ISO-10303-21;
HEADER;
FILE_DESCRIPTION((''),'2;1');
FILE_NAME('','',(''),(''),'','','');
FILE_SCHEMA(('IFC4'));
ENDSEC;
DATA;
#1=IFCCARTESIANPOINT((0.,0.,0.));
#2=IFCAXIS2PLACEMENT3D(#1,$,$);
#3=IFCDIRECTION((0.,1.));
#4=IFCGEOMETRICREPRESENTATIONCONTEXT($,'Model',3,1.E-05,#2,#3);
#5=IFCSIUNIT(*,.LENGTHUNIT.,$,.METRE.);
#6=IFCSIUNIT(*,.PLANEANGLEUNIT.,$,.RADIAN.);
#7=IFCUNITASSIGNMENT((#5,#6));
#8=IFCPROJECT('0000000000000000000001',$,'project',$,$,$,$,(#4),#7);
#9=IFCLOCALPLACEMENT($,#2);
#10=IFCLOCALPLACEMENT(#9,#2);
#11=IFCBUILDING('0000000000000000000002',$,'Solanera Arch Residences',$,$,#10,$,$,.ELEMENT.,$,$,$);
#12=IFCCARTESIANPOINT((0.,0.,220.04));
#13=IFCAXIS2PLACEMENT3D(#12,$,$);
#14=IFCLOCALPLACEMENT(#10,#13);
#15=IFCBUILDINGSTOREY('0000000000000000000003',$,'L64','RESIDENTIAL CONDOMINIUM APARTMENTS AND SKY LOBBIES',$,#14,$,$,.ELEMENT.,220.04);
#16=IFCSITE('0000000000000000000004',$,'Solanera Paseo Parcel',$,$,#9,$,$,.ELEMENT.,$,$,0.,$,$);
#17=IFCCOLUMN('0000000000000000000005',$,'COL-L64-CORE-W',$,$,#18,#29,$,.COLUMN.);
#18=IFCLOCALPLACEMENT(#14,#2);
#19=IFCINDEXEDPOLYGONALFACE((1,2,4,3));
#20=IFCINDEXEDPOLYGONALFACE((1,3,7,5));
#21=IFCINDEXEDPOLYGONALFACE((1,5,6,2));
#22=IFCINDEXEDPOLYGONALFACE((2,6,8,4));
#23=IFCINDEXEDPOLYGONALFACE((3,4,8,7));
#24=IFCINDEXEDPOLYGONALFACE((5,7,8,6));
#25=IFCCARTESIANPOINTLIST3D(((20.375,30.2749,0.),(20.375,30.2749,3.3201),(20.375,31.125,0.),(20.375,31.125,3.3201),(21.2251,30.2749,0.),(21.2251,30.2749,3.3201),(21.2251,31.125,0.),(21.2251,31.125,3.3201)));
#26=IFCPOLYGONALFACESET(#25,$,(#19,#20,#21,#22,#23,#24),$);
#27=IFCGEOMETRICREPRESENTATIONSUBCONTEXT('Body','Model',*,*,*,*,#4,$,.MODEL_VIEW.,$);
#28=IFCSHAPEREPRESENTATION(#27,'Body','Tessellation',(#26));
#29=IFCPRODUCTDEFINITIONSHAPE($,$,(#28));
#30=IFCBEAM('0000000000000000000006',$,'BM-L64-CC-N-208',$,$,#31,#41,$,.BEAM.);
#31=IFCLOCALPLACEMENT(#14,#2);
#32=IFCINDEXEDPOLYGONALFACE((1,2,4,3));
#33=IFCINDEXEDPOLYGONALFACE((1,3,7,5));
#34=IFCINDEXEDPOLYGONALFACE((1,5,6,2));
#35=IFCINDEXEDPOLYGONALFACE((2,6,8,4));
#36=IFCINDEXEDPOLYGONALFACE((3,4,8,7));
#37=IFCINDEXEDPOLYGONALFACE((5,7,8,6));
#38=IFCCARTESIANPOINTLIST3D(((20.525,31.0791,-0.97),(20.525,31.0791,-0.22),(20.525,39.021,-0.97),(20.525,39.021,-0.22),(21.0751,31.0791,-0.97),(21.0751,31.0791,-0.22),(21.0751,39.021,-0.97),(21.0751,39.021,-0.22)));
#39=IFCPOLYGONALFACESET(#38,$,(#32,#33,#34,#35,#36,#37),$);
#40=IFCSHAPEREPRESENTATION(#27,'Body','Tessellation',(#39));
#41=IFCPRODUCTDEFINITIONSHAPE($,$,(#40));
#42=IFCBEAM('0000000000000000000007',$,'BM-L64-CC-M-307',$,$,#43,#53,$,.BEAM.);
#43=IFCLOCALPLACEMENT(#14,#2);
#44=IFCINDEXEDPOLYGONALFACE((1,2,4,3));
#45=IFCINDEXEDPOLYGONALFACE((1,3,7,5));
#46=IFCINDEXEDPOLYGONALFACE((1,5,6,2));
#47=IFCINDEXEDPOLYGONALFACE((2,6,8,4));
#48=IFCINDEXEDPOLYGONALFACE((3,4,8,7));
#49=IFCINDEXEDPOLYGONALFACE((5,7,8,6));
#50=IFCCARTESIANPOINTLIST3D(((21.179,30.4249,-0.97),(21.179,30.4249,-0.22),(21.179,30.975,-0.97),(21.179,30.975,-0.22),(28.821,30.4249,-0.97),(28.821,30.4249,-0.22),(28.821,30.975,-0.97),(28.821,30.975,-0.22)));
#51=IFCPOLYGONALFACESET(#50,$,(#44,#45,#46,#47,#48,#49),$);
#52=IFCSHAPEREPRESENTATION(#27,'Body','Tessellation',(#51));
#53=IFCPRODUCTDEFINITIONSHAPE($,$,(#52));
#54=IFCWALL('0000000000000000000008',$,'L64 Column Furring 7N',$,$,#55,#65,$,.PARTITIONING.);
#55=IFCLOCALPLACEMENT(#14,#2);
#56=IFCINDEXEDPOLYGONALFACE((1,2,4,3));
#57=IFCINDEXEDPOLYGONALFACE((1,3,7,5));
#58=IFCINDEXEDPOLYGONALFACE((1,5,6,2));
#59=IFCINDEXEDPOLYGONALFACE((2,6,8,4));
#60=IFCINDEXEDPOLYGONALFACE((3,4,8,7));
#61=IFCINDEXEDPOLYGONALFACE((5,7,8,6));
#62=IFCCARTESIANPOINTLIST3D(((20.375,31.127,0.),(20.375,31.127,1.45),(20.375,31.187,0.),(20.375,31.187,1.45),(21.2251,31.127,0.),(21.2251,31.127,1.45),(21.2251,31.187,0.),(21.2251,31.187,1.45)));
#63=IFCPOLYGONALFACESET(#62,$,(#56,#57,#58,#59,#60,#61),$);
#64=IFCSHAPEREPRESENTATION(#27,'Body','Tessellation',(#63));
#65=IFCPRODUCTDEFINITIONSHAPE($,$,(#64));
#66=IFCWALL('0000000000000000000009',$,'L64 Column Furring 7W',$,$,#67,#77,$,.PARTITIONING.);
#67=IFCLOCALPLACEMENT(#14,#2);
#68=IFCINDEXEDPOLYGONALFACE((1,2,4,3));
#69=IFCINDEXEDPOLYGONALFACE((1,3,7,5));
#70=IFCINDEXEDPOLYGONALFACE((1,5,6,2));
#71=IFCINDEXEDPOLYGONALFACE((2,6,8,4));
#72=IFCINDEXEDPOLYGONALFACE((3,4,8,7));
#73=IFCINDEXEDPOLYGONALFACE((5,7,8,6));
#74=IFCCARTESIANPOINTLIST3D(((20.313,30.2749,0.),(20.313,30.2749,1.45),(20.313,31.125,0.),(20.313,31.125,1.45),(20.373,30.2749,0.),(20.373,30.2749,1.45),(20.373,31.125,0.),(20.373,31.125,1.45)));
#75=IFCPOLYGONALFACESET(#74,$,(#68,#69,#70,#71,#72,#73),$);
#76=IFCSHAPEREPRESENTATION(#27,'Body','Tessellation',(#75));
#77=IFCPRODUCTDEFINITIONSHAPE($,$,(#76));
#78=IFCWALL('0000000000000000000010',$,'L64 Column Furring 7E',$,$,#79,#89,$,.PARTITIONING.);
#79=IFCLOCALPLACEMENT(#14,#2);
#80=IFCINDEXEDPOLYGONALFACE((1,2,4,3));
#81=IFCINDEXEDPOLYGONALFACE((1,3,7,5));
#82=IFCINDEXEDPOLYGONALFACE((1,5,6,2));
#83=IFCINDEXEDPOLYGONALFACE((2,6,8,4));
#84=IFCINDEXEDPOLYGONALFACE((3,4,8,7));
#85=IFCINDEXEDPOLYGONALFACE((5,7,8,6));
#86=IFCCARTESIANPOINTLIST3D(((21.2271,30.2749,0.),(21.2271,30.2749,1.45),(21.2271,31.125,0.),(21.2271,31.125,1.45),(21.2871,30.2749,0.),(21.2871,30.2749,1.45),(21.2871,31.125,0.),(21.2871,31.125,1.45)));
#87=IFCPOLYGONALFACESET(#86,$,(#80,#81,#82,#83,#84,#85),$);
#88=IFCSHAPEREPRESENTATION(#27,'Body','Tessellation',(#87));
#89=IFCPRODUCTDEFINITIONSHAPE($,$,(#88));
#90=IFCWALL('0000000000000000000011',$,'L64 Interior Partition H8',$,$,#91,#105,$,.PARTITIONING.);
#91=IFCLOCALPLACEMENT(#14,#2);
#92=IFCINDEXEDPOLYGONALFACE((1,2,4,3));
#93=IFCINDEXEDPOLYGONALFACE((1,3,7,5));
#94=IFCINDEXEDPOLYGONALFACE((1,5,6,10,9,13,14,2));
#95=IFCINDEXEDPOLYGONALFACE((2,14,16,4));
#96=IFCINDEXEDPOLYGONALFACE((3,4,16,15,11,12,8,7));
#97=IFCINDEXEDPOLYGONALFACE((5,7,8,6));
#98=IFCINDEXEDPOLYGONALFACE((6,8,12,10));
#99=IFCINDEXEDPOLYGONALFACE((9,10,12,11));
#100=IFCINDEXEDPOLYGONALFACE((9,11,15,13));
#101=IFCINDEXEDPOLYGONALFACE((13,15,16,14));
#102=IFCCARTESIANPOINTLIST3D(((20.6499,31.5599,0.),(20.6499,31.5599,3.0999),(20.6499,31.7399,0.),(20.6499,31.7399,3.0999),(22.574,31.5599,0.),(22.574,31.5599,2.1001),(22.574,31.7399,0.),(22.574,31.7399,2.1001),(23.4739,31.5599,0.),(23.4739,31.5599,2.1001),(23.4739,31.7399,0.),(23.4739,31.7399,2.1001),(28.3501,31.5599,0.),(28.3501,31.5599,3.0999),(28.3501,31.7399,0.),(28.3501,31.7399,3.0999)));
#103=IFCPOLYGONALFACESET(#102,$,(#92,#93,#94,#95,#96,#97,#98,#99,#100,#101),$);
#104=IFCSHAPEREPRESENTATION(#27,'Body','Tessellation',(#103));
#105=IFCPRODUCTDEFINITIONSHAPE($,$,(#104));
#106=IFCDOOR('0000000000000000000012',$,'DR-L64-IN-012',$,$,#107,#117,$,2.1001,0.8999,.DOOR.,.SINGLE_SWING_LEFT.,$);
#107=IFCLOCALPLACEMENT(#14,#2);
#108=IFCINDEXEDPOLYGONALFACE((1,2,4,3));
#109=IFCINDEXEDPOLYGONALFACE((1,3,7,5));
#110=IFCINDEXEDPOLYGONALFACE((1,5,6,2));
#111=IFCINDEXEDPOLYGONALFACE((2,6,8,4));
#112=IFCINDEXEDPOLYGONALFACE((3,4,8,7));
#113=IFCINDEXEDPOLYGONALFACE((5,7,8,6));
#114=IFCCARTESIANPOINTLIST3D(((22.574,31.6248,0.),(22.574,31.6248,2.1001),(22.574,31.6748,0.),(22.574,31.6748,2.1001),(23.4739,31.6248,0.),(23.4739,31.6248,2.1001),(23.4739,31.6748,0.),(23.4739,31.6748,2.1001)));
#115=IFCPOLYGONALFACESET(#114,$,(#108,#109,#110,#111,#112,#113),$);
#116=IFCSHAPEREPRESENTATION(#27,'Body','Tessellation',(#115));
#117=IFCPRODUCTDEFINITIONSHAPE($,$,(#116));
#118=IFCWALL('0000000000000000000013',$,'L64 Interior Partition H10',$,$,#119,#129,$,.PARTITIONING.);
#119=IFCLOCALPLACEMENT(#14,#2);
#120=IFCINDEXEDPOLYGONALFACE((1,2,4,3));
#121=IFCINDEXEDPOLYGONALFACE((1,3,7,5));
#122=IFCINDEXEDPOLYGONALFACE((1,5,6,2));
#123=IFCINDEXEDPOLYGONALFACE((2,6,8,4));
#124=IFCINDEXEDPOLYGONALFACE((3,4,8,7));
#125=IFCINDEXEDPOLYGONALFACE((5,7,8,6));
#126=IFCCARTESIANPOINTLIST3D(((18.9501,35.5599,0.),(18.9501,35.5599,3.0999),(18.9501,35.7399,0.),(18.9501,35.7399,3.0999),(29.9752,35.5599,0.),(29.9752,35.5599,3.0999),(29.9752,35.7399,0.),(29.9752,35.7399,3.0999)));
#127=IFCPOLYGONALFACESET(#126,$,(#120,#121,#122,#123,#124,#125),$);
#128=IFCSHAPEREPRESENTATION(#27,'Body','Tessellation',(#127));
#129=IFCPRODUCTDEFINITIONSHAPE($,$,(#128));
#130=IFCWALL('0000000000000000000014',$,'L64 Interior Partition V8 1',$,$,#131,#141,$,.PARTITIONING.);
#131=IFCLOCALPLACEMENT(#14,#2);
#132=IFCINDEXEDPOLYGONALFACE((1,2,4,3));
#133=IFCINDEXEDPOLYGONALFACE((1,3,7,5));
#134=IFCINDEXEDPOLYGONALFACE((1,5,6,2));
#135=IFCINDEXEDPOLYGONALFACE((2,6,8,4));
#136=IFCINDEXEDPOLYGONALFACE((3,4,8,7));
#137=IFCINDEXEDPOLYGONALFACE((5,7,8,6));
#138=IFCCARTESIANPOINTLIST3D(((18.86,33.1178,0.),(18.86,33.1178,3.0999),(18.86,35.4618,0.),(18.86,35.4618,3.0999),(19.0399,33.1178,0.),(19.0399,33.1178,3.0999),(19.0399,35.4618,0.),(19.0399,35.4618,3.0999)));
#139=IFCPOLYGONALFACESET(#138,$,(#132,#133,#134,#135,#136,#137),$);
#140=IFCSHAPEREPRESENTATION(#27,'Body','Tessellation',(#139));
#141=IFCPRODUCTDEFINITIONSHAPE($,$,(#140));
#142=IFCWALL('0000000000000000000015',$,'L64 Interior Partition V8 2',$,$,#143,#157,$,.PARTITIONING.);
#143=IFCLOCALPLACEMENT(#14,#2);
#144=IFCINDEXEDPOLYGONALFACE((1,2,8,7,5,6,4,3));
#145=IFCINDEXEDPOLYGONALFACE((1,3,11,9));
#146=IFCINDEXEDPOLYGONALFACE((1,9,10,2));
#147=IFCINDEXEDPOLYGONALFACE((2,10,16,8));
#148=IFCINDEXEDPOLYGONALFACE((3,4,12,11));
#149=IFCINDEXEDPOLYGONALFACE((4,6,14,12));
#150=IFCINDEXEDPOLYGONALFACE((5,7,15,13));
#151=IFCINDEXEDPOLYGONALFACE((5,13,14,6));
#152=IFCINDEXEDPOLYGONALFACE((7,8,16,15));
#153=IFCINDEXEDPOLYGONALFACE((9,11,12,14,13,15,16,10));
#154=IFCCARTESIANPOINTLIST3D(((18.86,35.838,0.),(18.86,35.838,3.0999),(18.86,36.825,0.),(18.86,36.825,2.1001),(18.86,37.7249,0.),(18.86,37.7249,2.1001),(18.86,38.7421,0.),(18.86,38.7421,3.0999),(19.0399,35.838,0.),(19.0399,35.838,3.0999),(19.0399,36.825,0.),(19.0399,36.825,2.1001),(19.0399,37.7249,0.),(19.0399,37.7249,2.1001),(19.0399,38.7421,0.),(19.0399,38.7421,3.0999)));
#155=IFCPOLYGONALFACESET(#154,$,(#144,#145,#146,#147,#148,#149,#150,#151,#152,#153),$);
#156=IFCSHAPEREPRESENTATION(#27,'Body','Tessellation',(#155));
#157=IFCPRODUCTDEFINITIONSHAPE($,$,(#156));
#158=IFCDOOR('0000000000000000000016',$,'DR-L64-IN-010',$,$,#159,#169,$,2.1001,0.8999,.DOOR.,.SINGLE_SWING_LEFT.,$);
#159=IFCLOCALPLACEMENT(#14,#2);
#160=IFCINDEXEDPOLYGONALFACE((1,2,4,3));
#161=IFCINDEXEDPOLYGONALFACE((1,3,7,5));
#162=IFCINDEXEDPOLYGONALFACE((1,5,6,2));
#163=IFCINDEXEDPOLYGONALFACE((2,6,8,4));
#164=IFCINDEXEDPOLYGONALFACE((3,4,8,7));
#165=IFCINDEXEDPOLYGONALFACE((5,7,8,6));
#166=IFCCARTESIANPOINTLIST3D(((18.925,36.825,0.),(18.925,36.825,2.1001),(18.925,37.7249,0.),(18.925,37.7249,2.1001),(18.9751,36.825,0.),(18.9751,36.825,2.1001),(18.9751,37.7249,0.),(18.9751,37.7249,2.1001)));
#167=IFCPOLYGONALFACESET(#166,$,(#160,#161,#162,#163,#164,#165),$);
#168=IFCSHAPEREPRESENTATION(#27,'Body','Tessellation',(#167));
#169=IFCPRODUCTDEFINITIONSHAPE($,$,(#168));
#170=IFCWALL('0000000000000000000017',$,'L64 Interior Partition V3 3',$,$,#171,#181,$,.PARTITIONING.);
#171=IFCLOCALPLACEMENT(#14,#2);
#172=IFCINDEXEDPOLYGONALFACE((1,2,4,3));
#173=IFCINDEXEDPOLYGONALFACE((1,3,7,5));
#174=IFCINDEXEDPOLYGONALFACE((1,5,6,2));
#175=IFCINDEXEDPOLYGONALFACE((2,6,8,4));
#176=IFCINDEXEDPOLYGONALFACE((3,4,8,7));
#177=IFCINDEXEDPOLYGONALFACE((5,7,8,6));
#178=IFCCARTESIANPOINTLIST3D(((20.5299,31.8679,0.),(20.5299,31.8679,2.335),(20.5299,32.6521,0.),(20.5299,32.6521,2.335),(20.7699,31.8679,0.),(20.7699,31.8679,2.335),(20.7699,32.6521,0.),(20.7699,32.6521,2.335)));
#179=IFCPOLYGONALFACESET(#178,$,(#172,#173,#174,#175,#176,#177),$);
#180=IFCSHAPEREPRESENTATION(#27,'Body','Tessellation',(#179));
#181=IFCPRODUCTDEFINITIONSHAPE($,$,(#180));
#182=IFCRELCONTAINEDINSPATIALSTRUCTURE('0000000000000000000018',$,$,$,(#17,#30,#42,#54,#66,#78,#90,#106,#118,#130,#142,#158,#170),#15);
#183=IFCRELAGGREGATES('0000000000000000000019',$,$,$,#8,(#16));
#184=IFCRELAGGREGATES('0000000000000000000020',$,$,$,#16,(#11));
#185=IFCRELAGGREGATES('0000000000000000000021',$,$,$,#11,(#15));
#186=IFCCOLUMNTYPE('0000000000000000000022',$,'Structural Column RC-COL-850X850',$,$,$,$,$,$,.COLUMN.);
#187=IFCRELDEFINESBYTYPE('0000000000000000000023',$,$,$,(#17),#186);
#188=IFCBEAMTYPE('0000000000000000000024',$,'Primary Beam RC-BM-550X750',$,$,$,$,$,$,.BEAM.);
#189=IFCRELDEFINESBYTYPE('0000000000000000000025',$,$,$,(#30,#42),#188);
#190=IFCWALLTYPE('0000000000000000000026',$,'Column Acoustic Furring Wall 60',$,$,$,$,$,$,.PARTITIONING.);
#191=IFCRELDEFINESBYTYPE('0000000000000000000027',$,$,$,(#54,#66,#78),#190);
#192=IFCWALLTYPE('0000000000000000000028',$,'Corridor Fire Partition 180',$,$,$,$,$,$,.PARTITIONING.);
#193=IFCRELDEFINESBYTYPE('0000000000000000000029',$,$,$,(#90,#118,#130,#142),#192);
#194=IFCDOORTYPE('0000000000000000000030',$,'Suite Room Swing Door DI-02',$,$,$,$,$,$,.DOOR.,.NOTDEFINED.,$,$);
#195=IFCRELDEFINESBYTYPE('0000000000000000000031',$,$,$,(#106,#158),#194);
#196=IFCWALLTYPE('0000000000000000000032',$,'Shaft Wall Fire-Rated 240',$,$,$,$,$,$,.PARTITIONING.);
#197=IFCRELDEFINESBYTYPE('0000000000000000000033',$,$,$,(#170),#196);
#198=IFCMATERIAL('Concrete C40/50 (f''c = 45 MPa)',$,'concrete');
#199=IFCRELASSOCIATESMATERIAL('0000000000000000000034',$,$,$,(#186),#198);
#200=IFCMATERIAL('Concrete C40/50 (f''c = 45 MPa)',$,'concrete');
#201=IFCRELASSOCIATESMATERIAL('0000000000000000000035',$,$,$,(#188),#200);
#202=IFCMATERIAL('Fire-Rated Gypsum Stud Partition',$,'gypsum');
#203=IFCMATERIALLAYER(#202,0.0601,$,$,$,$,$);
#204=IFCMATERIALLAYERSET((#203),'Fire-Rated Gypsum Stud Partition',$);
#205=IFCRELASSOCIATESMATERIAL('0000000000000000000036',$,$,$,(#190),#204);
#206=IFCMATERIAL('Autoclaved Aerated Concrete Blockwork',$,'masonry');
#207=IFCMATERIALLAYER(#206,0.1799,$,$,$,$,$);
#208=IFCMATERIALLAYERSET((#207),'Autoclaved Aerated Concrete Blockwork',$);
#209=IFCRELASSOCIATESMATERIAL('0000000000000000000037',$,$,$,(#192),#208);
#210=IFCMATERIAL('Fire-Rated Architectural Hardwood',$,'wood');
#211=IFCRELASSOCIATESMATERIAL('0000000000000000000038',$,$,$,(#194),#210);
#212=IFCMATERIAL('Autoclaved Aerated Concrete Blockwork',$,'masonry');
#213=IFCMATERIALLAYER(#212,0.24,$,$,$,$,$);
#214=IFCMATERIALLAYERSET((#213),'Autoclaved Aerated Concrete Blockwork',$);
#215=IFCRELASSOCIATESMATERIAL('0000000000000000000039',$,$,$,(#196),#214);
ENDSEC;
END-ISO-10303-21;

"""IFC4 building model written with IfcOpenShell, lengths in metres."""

from ifc_helpers import new_model, si_unit, direction, frame, frame_2d, origin, origin_2d, place, context, subcontext, project, spatial, rectangle, extrude, material, layer, layer_set, material_profile, profile_set, type_object, element, fill, save


model = new_model("IFC4")

# Units and contexts
model_context = context("Model", 3, precision=1e-05, world=origin(), true_north=direction((0.0, 1.0)))
body_context = subcontext(model_context, "Body", "Model", "MODEL_VIEW")
ifc_project = project(units=[si_unit("LENGTHUNIT", "METRE"), si_unit("PLANEANGLEUNIT", "RADIAN")], contexts=[model_context])

# Site, building, storey
site_placement = place(None, origin())
site = spatial("IfcSite", under=ifc_project, at=site_placement, Name="Solanera Paseo Parcel", CompositionType="ELEMENT", RefElevation=0.0)
building_placement = place(site_placement, origin())
building = spatial("IfcBuilding", under=site, at=building_placement, Name="Solanera Arch Residences", CompositionType="ELEMENT")
storey_placement = place(building_placement, frame((0.0, 0.0, 220.04)))
storey = spatial("IfcBuildingStorey", under=building, at=storey_placement, Name="L64", Description="RESIDENTIAL CONDOMINIUM APARTMENTS AND SKY LOBBIES", CompositionType="ELEMENT", Elevation=220.04)

# Column
ifc_material_1 = material(Name="Concrete C40/50 (f'c = 45 MPa)", Category="concrete")
ifc_material_profile_1 = material_profile(ifc_material_1, rectangle(XDim=0.8501, YDim=0.8501, at=origin_2d()))
ifc_profile_set_1 = profile_set([ifc_material_profile_1], Name="Concrete C40/50 (f'c = 45 MPa)")
column_type = type_object("IfcColumnType", Name="Structural Column RC-COL-850X850", PredefinedType="COLUMN", material=ifc_profile_set_1)
column_placement = place(storey_placement, frame((20.8, 30.7, 0.0), z_axis=(0.0, 0.0, 1.0), x_axis=(1.0, 0.0, 0.0)))
element("IfcColumn", 1, at=column_placement, inside=storey, type_object=column_type, Name="COL-L64-CORE-W", PredefinedType="COLUMN", context=body_context, shape_type="SweptSolid", body=[
    extrude(rectangle(XDim=0.8501, YDim=0.8501, at=origin_2d()), origin(), (0.0, 0.0, 1.0), 3.3201),
])

# Beams
ifc_material_2 = material(Name="Concrete C40/50 (f'c = 45 MPa)", Category="concrete")
ifc_material_profile_2 = material_profile(ifc_material_2, rectangle(XDim=0.55, YDim=0.75, at=origin_2d()))
ifc_profile_set_2 = profile_set([ifc_material_profile_2], Name="Concrete C40/50 (f'c = 45 MPa)")
beam_type = type_object("IfcBeamType", Name="Primary Beam RC-BM-550X750", PredefinedType="BEAM", material=ifc_profile_set_2)
beam_1_placement = place(storey_placement, frame((20.8, 31.0791, -0.595), z_axis=(0.0, 1.0, 0.0), x_axis=(-1.0, 0.0, 0.0)))
element("IfcBeam", 2, at=beam_1_placement, inside=storey, type_object=beam_type, Name="BM-L64-CC-N-208", PredefinedType="BEAM", context=body_context, shape_type="SweptSolid", body=[
    extrude(rectangle(XDim=0.55, YDim=0.75, at=origin_2d()), origin(), (0.0, 0.0, 1.0), 7.9419),
])
beam_2_placement = place(storey_placement, frame((21.179, 30.7, -0.595), z_axis=(1.0, 0.0, 0.0), x_axis=(0.0, 1.0, 0.0)))
element("IfcBeam", 3, at=beam_2_placement, inside=storey, type_object=beam_type, Name="BM-L64-CC-M-307", PredefinedType="BEAM", context=body_context, shape_type="SweptSolid", body=[
    extrude(rectangle(XDim=0.55, YDim=0.75, at=origin_2d()), origin(), (0.0, 0.0, 1.0), 7.6421),
])

# Walls
ifc_material_3 = material(Name="Fire-Rated Gypsum Stud Partition", Category="gypsum")
ifc_layer_1 = layer(ifc_material_3, 0.0601)
ifc_layer_set_1 = layer_set([ifc_layer_1], Name="Fire-Rated Gypsum Stud Partition")
wall_type_1 = type_object("IfcWallType", Name="Column Acoustic Furring Wall 60", PredefinedType="PARTITIONING", material=ifc_layer_set_1)
for number, where, z_axis, x_axis, name in (
    (4, (20.375, 31.157, 0.0), (0.0, 0.0, 1.0), (1.0, 0.0, 0.0), "L64 Column Furring 7N"),
    (5, (20.343, 30.2749, 0.0), (0.0, 0.0, 1.0), (0.0, 1.0, 0.0), "L64 Column Furring 7W"),
    (6, (21.2571, 30.2749, 0.0), (0.0, 0.0, 1.0), (0.0, 1.0, 0.0), "L64 Column Furring 7E"),
):
    element("IfcWall", number, at=place(storey_placement, frame(where, z_axis=z_axis, x_axis=x_axis)), inside=storey, type_object=wall_type_1, Name=name, PredefinedType="PARTITIONING", context=body_context, shape_type="SweptSolid", body=[
        extrude(rectangle(XDim=0.8501, YDim=0.0601, at=frame_2d((0.425, 0.0))), origin(), (0.0, 0.0, 1.0), 1.45),
    ])

# Wall, opening, door
ifc_material_4 = material(Name="Autoclaved Aerated Concrete Blockwork", Category="masonry")
ifc_layer_2 = layer(ifc_material_4, 0.1799)
ifc_layer_set_2 = layer_set([ifc_layer_2], Name="Autoclaved Aerated Concrete Blockwork")
wall_type_2 = type_object("IfcWallType", Name="Corridor Fire Partition 180", PredefinedType="PARTITIONING", material=ifc_layer_set_2)
wall_1_placement = place(storey_placement, frame((20.6499, 31.6499, 0.0), z_axis=(0.0, 0.0, 1.0), x_axis=(1.0, 0.0, 0.0)))
wall_1 = element("IfcWall", 7, at=wall_1_placement, inside=storey, type_object=wall_type_2, Name="L64 Interior Partition H8", PredefinedType="PARTITIONING", context=body_context, shape_type="SweptSolid", body=[
    extrude(rectangle(XDim=7.7002, YDim=0.1799, at=frame_2d((3.8501, 0.0))), origin(), (0.0, 0.0, 1.0), 3.0999),
])
opening_1_placement = place(wall_1_placement, frame((1.9241, 0.0, 0.0)))
opening_1 = element("IfcOpeningElement", 8, at=opening_1_placement, cuts=wall_1, PredefinedType="OPENING", context=body_context, shape_type="SweptSolid", body=[
    extrude(rectangle(XDim=0.8999, YDim=2.1001, at=frame_2d((0.45, 1.05))), frame((0.0, 0.1001, 0.0), z_axis=(0.0, -1.0, 0.0), x_axis=(1.0, 0.0, 0.0)), (0.0, 0.0, 1.0), 0.1999),
])
ifc_material_5 = material(Name="Fire-Rated Architectural Hardwood", Category="wood")
door_type_1 = type_object("IfcDoorType", Name="Suite Room Swing Door DI-02", OperationType="NOTDEFINED", PredefinedType="DOOR", material=ifc_material_5)
door_1_placement = place(opening_1_placement, origin())
door_1 = element("IfcDoor", 9, at=door_1_placement, inside=storey, type_object=door_type_1, Name="DR-L64-IN-012", OperationType="SINGLE_SWING_LEFT", OverallHeight=2.1001, OverallWidth=0.8999, PredefinedType="DOOR", context=body_context, shape_type="SweptSolid", body=[
    extrude(rectangle(XDim=0.8999, YDim=2.1001, at=frame_2d((0.45, 1.05))), frame((0.0, 0.0249, 0.0), z_axis=(0.0, -1.0, 0.0), x_axis=(1.0, 0.0, 0.0)), (0.0, 0.0, 1.0), 0.05),
])
fill(opening_1, door_1)

# Walls
wall_2_placement = place(storey_placement, frame((18.95, 35.6499, 0.0), z_axis=(0.0, 0.0, 1.0), x_axis=(1.0, 0.0, 0.0)))
element("IfcWall", 10, at=wall_2_placement, inside=storey, type_object=wall_type_2, Name="L64 Interior Partition H10", PredefinedType="PARTITIONING", context=body_context, shape_type="SweptSolid", body=[
    extrude(rectangle(XDim=11.0251, YDim=0.1799, at=frame_2d((5.5127, 0.0))), origin(), (0.0, 0.0, 1.0), 3.0999),
])
wall_3_placement = place(storey_placement, frame((18.95, 33.1179, 0.0), z_axis=(0.0, 0.0, 1.0), x_axis=(0.0, 1.0, 0.0)))
element("IfcWall", 11, at=wall_3_placement, inside=storey, type_object=wall_type_2, Name="L64 Interior Partition V8 1", PredefinedType="PARTITIONING", context=body_context, shape_type="SweptSolid", body=[
    extrude(rectangle(XDim=2.344, YDim=0.1799, at=frame_2d((1.1719, 0.0))), origin(), (0.0, 0.0, 1.0), 3.0999),
])

# Wall, opening, door
wall_4_placement = place(storey_placement, frame((18.95, 35.8379, 0.0), z_axis=(0.0, 0.0, 1.0), x_axis=(0.0, 1.0, 0.0)))
wall_4 = element("IfcWall", 12, at=wall_4_placement, inside=storey, type_object=wall_type_2, Name="L64 Interior Partition V8 2", PredefinedType="PARTITIONING", context=body_context, shape_type="SweptSolid", body=[
    extrude(rectangle(XDim=2.9041, YDim=0.1799, at=frame_2d((1.4521, 0.0))), origin(), (0.0, 0.0, 1.0), 3.0999),
])
opening_2_placement = place(wall_4_placement, frame((0.9871, 0.0, 0.0)))
opening_2 = element("IfcOpeningElement", 13, at=opening_2_placement, cuts=wall_4, PredefinedType="OPENING", context=body_context, shape_type="SweptSolid", body=[
    extrude(rectangle(XDim=0.8999, YDim=2.1001, at=frame_2d((0.45, 1.05))), frame((0.0, 0.1001, 0.0), z_axis=(0.0, -1.0, 0.0), x_axis=(1.0, 0.0, 0.0)), (0.0, 0.0, 1.0), 0.1999),
])
door_2_placement = place(opening_2_placement, origin())
door_2 = element("IfcDoor", 14, at=door_2_placement, inside=storey, type_object=door_type_1, Name="DR-L64-IN-010", OperationType="SINGLE_SWING_LEFT", OverallHeight=2.1001, OverallWidth=0.8999, PredefinedType="DOOR", context=body_context, shape_type="SweptSolid", body=[
    extrude(rectangle(XDim=0.8999, YDim=2.1001, at=frame_2d((0.45, 1.05))), frame((0.0, 0.0249, 0.0), z_axis=(0.0, -1.0, 0.0), x_axis=(1.0, 0.0, 0.0)), (0.0, 0.0, 1.0), 0.05),
])
fill(opening_2, door_2)
ifc_material_6 = material(Name="Autoclaved Aerated Concrete Blockwork", Category="masonry")
ifc_layer_3 = layer(ifc_material_6, 0.24)
ifc_layer_set_3 = layer_set([ifc_layer_3], Name="Autoclaved Aerated Concrete Blockwork")
wall_type_3 = type_object("IfcWallType", Name="Shaft Wall Fire-Rated 240", PredefinedType="PARTITIONING", material=ifc_layer_set_3)

# Wall
wall_5_placement = place(storey_placement, frame((20.6499, 31.8679, 0.0), z_axis=(0.0, 0.0, 1.0), x_axis=(0.0, 1.0, 0.0)))
element("IfcWall", 15, at=wall_5_placement, inside=storey, type_object=wall_type_3, Name="L64 Interior Partition V3 3", PredefinedType="PARTITIONING", context=body_context, shape_type="SweptSolid", body=[
    extrude(rectangle(XDim=0.7842, YDim=0.24, at=frame_2d((0.3921, 0.0))), origin(), (0.0, 0.0, 1.0), 2.335),
])

save(model, "model.ifc")
